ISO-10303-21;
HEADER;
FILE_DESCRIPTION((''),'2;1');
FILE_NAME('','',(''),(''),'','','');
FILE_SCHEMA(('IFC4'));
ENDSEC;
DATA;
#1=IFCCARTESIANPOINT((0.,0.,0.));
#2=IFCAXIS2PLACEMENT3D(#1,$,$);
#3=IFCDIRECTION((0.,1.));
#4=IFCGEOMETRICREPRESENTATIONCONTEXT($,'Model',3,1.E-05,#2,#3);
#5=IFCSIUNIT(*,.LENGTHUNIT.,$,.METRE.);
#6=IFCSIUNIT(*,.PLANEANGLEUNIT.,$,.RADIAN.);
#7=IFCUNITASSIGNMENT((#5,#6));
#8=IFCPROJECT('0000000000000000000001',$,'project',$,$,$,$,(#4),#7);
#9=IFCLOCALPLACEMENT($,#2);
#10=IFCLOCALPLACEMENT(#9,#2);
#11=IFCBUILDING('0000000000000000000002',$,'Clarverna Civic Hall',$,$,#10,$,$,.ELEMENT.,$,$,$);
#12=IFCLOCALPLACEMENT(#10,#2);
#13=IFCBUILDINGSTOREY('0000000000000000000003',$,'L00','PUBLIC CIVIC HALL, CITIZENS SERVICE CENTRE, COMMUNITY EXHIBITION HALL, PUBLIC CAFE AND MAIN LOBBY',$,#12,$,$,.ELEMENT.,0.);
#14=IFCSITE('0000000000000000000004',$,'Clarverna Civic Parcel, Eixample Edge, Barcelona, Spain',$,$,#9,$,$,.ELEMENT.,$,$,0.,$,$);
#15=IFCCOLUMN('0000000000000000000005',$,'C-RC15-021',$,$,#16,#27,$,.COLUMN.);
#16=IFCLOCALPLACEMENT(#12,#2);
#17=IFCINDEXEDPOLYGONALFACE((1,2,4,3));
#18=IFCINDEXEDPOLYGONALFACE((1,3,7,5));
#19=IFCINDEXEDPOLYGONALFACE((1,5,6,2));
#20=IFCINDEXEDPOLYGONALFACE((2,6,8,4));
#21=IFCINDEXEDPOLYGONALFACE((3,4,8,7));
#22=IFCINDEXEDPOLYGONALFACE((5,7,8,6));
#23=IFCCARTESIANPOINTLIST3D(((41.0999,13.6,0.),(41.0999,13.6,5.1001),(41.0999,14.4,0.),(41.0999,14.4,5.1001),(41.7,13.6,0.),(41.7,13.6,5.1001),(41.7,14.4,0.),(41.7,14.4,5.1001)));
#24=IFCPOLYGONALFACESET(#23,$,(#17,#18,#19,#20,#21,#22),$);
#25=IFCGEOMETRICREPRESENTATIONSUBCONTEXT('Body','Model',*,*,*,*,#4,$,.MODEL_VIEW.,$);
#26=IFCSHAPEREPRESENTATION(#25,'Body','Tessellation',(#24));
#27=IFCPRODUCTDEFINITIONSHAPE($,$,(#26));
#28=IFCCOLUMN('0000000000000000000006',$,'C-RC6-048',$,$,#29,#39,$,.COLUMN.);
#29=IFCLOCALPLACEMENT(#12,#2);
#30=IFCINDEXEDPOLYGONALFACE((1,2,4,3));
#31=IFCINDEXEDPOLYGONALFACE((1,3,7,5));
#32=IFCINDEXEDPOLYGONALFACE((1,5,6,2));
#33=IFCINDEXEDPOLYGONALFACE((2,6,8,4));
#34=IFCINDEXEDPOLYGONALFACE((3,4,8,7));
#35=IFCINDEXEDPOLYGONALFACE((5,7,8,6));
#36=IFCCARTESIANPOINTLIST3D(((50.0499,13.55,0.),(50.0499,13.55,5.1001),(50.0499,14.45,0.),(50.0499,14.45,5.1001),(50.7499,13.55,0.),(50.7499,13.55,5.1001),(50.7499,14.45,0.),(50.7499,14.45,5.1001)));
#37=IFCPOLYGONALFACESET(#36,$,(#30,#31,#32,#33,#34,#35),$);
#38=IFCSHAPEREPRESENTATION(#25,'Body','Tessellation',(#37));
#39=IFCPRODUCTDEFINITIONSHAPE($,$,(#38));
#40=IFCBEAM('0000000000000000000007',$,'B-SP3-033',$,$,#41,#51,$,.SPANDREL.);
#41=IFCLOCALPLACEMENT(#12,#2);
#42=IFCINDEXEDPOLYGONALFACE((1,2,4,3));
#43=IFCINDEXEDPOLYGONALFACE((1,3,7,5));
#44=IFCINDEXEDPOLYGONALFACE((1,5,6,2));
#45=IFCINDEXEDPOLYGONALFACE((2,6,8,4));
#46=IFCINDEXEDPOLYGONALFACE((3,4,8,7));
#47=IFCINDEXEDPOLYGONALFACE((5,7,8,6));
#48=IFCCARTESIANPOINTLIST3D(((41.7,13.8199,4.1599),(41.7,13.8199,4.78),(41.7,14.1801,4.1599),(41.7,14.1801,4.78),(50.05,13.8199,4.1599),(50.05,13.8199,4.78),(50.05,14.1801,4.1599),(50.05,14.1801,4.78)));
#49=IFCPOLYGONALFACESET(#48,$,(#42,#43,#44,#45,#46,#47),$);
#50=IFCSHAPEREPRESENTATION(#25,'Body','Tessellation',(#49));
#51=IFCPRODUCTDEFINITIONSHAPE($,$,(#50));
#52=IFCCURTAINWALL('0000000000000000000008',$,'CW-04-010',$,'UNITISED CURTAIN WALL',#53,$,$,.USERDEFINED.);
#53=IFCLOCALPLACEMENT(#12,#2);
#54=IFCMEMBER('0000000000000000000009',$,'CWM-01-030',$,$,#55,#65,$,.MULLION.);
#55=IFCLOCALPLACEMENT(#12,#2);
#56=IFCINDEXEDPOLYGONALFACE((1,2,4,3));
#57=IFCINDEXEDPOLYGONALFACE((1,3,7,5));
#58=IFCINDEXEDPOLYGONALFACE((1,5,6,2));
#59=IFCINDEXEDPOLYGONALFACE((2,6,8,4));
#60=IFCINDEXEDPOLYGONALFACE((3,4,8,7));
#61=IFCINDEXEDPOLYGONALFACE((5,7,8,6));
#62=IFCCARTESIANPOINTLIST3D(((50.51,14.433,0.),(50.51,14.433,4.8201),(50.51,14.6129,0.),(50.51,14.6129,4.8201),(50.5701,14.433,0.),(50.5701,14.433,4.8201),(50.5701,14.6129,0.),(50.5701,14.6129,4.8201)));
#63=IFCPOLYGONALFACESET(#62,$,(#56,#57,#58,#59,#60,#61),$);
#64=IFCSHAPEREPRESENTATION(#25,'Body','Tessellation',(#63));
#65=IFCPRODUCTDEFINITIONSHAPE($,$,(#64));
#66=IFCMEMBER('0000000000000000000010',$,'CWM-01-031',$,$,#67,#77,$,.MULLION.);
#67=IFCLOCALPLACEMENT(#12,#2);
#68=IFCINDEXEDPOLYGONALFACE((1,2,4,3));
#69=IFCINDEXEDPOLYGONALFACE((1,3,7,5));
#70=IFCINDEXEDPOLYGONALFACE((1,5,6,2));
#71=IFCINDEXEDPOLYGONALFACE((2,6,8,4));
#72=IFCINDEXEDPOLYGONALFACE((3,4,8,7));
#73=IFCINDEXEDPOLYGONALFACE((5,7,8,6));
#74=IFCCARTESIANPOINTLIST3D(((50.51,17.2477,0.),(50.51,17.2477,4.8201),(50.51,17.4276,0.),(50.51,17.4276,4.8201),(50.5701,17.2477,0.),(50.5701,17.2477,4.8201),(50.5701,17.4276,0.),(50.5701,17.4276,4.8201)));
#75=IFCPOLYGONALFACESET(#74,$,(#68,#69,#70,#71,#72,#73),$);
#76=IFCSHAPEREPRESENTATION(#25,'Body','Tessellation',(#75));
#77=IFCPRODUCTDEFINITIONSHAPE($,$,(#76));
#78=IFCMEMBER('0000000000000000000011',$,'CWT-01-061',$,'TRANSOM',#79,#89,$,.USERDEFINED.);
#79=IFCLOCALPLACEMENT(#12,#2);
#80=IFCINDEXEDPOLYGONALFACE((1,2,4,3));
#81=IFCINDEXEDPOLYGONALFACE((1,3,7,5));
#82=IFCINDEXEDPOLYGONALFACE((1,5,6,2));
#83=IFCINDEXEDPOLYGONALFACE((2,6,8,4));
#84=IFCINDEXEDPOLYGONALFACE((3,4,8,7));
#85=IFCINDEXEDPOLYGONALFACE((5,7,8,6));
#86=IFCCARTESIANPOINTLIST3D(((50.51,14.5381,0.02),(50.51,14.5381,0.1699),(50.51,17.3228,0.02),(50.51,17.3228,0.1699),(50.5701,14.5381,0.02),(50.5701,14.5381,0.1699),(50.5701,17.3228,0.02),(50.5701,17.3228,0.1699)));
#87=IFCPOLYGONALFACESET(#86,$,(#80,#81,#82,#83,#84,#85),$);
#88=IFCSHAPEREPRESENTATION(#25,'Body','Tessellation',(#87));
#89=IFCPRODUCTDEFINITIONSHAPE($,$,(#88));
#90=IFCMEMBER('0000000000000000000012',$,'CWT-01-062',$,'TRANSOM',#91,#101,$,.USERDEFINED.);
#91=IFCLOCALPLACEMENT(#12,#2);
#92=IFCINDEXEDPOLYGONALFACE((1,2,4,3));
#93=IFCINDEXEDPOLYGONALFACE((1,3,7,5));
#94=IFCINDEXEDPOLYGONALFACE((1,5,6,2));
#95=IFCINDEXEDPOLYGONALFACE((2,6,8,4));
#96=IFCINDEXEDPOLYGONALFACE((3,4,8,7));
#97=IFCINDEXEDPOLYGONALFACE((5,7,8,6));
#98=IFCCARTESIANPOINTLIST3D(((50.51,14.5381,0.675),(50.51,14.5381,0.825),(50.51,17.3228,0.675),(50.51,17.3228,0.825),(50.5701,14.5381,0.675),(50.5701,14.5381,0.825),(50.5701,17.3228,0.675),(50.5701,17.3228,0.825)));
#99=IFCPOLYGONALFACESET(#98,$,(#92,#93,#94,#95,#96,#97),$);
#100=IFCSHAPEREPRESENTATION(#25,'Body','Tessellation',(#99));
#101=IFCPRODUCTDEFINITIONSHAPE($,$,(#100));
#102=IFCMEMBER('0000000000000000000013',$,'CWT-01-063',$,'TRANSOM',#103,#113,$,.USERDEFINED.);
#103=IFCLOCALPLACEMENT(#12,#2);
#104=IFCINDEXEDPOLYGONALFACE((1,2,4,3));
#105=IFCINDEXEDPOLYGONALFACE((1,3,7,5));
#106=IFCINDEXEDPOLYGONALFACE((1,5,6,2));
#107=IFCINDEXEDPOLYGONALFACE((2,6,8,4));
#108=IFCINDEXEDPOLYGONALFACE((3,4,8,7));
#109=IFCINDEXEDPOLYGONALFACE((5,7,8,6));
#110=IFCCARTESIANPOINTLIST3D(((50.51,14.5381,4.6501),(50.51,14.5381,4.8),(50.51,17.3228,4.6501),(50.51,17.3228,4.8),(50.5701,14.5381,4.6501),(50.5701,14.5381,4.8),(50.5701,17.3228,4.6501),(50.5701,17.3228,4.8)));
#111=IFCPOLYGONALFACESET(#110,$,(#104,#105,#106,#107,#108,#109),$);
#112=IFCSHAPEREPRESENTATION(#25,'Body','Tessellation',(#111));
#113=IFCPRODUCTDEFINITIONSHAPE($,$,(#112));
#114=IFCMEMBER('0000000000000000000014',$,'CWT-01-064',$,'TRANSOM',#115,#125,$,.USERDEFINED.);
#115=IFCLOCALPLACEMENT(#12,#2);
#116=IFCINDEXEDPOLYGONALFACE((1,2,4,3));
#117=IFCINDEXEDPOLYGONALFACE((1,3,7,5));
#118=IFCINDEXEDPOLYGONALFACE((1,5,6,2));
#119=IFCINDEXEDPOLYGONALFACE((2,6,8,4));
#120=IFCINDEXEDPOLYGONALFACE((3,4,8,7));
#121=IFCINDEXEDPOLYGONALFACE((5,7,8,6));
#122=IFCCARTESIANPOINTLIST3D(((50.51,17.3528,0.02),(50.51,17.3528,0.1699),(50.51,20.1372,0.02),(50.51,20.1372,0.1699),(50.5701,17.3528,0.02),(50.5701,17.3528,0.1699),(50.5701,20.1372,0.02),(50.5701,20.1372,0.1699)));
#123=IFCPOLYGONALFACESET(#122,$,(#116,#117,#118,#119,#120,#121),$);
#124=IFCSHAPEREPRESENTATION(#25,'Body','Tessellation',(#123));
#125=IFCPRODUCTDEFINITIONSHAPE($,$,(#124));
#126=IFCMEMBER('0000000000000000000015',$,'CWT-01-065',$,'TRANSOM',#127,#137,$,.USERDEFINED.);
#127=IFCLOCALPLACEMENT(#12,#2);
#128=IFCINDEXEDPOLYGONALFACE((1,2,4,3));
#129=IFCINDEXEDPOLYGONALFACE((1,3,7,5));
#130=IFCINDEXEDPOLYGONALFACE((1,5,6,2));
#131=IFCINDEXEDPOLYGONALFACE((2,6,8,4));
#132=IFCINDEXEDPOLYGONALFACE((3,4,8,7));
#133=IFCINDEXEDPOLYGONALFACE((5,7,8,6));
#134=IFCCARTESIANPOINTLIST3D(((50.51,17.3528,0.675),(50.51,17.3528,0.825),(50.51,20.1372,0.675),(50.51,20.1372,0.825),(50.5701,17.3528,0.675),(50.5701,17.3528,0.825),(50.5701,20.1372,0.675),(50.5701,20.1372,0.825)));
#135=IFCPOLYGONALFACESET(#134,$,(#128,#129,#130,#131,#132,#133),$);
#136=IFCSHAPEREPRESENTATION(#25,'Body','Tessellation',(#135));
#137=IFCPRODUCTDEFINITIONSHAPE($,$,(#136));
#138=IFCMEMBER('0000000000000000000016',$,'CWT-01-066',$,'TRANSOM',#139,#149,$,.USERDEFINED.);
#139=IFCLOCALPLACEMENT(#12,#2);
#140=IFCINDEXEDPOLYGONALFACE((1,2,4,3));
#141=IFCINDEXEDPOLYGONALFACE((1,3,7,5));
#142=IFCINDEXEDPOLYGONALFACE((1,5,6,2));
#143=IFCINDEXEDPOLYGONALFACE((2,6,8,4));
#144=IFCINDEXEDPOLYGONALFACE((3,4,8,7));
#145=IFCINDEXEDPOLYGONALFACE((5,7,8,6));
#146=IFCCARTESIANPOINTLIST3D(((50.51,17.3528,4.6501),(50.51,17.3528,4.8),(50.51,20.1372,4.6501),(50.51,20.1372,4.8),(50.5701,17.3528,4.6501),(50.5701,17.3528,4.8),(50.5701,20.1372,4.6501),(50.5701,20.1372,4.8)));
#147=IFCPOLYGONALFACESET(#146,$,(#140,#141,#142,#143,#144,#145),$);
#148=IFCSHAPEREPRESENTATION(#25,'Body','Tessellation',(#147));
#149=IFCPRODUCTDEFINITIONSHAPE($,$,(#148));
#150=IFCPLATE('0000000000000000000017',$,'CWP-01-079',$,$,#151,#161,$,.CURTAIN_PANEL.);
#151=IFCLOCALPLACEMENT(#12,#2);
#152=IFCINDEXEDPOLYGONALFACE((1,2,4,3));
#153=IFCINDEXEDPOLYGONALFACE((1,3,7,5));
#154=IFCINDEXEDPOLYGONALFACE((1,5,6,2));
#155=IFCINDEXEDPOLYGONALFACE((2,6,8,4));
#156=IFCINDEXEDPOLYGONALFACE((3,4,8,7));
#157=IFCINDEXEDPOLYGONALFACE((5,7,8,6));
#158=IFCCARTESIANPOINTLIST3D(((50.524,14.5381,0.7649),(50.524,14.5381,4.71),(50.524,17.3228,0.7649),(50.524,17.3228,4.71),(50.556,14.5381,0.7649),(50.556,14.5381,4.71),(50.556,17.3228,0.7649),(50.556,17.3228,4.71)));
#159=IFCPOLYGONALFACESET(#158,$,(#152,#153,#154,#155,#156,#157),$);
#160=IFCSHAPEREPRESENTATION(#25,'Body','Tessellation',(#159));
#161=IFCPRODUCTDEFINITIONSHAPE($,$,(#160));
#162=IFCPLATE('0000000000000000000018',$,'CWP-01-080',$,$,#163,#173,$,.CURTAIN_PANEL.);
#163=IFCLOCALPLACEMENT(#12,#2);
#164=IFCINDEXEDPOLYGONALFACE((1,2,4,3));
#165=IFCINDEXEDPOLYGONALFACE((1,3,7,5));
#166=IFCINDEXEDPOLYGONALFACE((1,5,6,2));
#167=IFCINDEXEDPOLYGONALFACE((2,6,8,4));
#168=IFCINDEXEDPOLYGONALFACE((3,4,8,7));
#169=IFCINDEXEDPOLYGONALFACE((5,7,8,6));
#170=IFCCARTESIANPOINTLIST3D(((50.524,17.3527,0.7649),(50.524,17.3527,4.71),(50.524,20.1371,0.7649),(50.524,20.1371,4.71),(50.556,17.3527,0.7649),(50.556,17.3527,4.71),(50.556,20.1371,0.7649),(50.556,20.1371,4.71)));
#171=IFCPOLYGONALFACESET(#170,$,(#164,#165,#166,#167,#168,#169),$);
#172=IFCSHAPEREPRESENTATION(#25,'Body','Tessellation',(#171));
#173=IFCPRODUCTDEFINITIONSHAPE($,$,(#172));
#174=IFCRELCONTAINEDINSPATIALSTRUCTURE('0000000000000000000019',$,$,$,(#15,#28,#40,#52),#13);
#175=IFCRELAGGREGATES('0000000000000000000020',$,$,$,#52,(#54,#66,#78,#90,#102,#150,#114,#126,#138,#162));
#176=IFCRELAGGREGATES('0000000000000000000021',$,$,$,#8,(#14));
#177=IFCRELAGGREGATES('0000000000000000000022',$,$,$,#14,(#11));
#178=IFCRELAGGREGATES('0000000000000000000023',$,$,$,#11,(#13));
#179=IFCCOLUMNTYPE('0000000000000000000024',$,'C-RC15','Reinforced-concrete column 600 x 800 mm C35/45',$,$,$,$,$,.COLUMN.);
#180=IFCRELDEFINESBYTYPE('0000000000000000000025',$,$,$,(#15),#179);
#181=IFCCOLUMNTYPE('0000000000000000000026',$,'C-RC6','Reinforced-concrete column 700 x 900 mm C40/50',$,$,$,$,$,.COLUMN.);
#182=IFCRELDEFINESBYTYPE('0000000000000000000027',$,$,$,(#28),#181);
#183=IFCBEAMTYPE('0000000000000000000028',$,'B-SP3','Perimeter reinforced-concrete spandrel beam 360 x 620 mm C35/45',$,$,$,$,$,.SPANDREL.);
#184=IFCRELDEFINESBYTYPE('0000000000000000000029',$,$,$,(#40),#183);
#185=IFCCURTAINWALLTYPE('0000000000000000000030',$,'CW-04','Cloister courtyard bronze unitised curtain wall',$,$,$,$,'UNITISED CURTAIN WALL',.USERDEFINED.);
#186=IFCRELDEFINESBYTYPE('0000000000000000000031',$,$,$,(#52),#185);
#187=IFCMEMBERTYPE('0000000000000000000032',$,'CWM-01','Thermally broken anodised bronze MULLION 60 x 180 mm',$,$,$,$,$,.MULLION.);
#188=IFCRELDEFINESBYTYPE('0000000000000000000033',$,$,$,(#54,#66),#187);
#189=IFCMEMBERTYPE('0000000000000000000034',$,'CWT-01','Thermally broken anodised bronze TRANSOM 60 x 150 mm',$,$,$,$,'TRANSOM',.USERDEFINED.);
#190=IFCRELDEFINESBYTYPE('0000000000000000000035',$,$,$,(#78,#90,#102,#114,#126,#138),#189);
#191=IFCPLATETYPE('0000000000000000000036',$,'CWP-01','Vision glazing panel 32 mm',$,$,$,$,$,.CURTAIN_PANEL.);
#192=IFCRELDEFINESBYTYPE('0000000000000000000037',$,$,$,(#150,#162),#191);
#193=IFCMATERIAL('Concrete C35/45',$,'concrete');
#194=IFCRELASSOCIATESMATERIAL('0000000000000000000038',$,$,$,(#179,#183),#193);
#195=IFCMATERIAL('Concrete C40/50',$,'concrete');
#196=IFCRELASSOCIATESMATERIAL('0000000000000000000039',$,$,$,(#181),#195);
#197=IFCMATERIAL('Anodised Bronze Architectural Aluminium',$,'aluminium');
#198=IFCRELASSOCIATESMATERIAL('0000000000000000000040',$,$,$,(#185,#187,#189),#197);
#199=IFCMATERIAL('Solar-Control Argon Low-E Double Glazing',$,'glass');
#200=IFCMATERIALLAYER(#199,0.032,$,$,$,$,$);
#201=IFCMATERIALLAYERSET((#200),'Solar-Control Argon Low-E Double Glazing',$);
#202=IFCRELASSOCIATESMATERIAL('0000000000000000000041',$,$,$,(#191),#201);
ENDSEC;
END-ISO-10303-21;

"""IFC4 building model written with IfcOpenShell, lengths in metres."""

from ifc_helpers import new_model, si_unit, direction, frame, frame_2d, origin, origin_2d, place, context, subcontext, project, spatial, rectangle, extrude, material, layer, layer_set, material_profile, profile_set, type_object, element, aggregate, save


model = new_model("IFC4")

# Units and contexts
model_context = context("Model", 3, precision=1e-05, world=origin(), true_north=direction((0.0, 1.0)))
body_context = subcontext(model_context, "Body", "Model", "MODEL_VIEW")
ifc_project = project(units=[si_unit("LENGTHUNIT", "METRE"), si_unit("PLANEANGLEUNIT", "RADIAN")], contexts=[model_context])

# Site, building, storey
site_placement = place(None, origin())
site = spatial("IfcSite", under=ifc_project, at=site_placement, Name="Clarverna Civic Parcel, Eixample Edge, Barcelona, Spain", CompositionType="ELEMENT", RefElevation=0.0)
building_placement = place(site_placement, origin())
building = spatial("IfcBuilding", under=site, at=building_placement, Name="Clarverna Civic Hall", CompositionType="ELEMENT")
storey_placement = place(building_placement, origin())
storey = spatial("IfcBuildingStorey", under=building, at=storey_placement, Name="L00", Description="PUBLIC CIVIC HALL, CITIZENS SERVICE CENTRE, COMMUNITY EXHIBITION HALL, PUBLIC CAFE AND MAIN LOBBY", CompositionType="ELEMENT", Elevation=0.0)

# Columns
ifc_material_1 = material(Name="Concrete C35/45", Category="concrete")
ifc_material_profile_1 = material_profile(ifc_material_1, rectangle(XDim=0.6001, YDim=0.8, at=origin_2d()), Name="RC 600x800")
ifc_profile_set_1 = profile_set([ifc_material_profile_1], Name="Concrete C35/45")
column_type_1 = type_object("IfcColumnType", Name="C-RC15", Description="Reinforced-concrete column 600 x 800 mm C35/45", PredefinedType="COLUMN", material=ifc_profile_set_1)
column_1_placement = place(storey_placement, frame((41.3999, 14.0, 0.0), z_axis=(0.0, 0.0, 1.0), x_axis=(1.0, 0.0, 0.0)))
element("IfcColumn", 1, at=column_1_placement, inside=storey, type_object=column_type_1, Name="C-RC15-021", PredefinedType="COLUMN", context=body_context, shape_type="SweptSolid", body=[
    extrude(rectangle(XDim=0.6001, YDim=0.8, at=origin_2d()), origin(), (0.0, 0.0, 1.0), 5.1001),
])
ifc_material_2 = material(Name="Concrete C40/50", Category="concrete")
ifc_material_profile_2 = material_profile(ifc_material_2, rectangle(XDim=0.7, YDim=0.8999, at=origin_2d()), Name="RC 700x900")
ifc_profile_set_2 = profile_set([ifc_material_profile_2], Name="Concrete C40/50")
column_type_2 = type_object("IfcColumnType", Name="C-RC6", Description="Reinforced-concrete column 700 x 900 mm C40/50", PredefinedType="COLUMN", material=ifc_profile_set_2)
column_2_placement = place(storey_placement, frame((50.3999, 14.0, 0.0), z_axis=(0.0, 0.0, 1.0), x_axis=(1.0, 0.0, 0.0)))
element("IfcColumn", 2, at=column_2_placement, inside=storey, type_object=column_type_2, Name="C-RC6-048", PredefinedType="COLUMN", context=body_context, shape_type="SweptSolid", body=[
    extrude(rectangle(XDim=0.7, YDim=0.8999, at=origin_2d()), origin(), (0.0, 0.0, 1.0), 5.1001),
])

# Beam
ifc_material_profile_3 = material_profile(ifc_material_1, rectangle(XDim=0.3601, YDim=0.6201, at=origin_2d()), Name="RC 360x620")
ifc_profile_set_3 = profile_set([ifc_material_profile_3], Name="Concrete C35/45")
beam_type = type_object("IfcBeamType", Name="B-SP3", Description="Perimeter reinforced-concrete spandrel beam 360 x 620 mm C35/45", PredefinedType="SPANDREL", material=ifc_profile_set_3)
beam_placement = place(storey_placement, frame((41.7, 14.0, 4.47), z_axis=(1.0, 0.0, 0.0), x_axis=(0.0, 1.0, 0.0)))
element("IfcBeam", 3, at=beam_placement, inside=storey, type_object=beam_type, Name="B-SP3-033", PredefinedType="SPANDREL", context=body_context, shape_type="SweptSolid", body=[
    extrude(rectangle(XDim=0.3601, YDim=0.6201, at=origin_2d()), origin(), (0.0, 0.0, 1.0), 8.3501),
])

# Curtain wall, members, plates
ifc_material_3 = material(Name="Anodised Bronze Architectural Aluminium", Category="aluminium")
curtain_wall_type = type_object("IfcCurtainWallType", Name="CW-04", Description="Cloister courtyard bronze unitised curtain wall", ElementType="UNITISED CURTAIN WALL", PredefinedType="USERDEFINED", material=ifc_material_3)
curtain_wall_placement = place(storey_placement, origin())
curtain_wall = element("IfcCurtainWall", 4, at=curtain_wall_placement, inside=storey, type_object=curtain_wall_type, Name="CW-04-010", ObjectType="UNITISED CURTAIN WALL", PredefinedType="USERDEFINED")
ifc_material_profile_4 = material_profile(ifc_material_3, rectangle(XDim=0.0601, YDim=0.1799, at=origin_2d()), Name="BRONZE 60x180")
ifc_profile_set_4 = profile_set([ifc_material_profile_4], Name="Anodised Bronze Architectural Aluminium")
member_type_1 = type_object("IfcMemberType", Name="CWM-01", Description="Thermally broken anodised bronze MULLION 60 x 180 mm", PredefinedType="MULLION", material=ifc_profile_set_4)
member_1_placement = place(storey_placement, frame((50.54, 14.5229, 0.0), z_axis=(0.0, 0.0, 1.0), x_axis=(1.0, 0.0, 0.0)))
member_1 = element("IfcMember", 5, at=member_1_placement, type_object=member_type_1, Name="CWM-01-030", PredefinedType="MULLION", context=body_context, shape_type="SweptSolid", body=[
    extrude(rectangle(XDim=0.0601, YDim=0.1799, at=origin_2d()), origin(), (0.0, 0.0, 1.0), 4.8201),
])
member_2_placement = place(storey_placement, frame((50.54, 17.3376, 0.0), z_axis=(0.0, 0.0, 1.0), x_axis=(1.0, 0.0, 0.0)))
member_2 = element("IfcMember", 6, at=member_2_placement, type_object=member_type_1, Name="CWM-01-031", PredefinedType="MULLION", context=body_context, shape_type="SweptSolid", body=[
    extrude(rectangle(XDim=0.0601, YDim=0.1799, at=origin_2d()), origin(), (0.0, 0.0, 1.0), 4.8201),
])
ifc_material_profile_5 = material_profile(ifc_material_3, rectangle(XDim=0.0601, YDim=0.1499, at=origin_2d()), Name="BRONZE 60x150")
ifc_profile_set_5 = profile_set([ifc_material_profile_5], Name="Anodised Bronze Architectural Aluminium")
member_type_2 = type_object("IfcMemberType", Name="CWT-01", Description="Thermally broken anodised bronze TRANSOM 60 x 150 mm", ElementType="TRANSOM", PredefinedType="USERDEFINED", material=ifc_profile_set_5)
member_3_placement = place(storey_placement, frame((50.54, 14.5381, 0.095), z_axis=(0.0, 1.0, 0.0), x_axis=(-1.0, 0.0, 0.0)))
member_3 = element("IfcMember", 7, at=member_3_placement, type_object=member_type_2, Name="CWT-01-061", ObjectType="TRANSOM", PredefinedType="USERDEFINED", context=body_context, shape_type="SweptSolid", body=[
    extrude(rectangle(XDim=0.0601, YDim=0.1499, at=origin_2d()), origin(), (0.0, 0.0, 1.0), 2.7847),
])
member_4_placement = place(storey_placement, frame((50.54, 14.5381, 0.75), z_axis=(0.0, 1.0, 0.0), x_axis=(-1.0, 0.0, 0.0)))
member_4 = element("IfcMember", 8, at=member_4_placement, type_object=member_type_2, Name="CWT-01-062", ObjectType="TRANSOM", PredefinedType="USERDEFINED", context=body_context, shape_type="SweptSolid", body=[
    extrude(rectangle(XDim=0.0601, YDim=0.1499, at=origin_2d()), origin(), (0.0, 0.0, 1.0), 2.7847),
])
member_5_placement = place(storey_placement, frame((50.54, 14.5381, 4.7251), z_axis=(0.0, 1.0, 0.0), x_axis=(-1.0, 0.0, 0.0)))
member_5 = element("IfcMember", 9, at=member_5_placement, type_object=member_type_2, Name="CWT-01-063", ObjectType="TRANSOM", PredefinedType="USERDEFINED", context=body_context, shape_type="SweptSolid", body=[
    extrude(rectangle(XDim=0.0601, YDim=0.1499, at=origin_2d()), origin(), (0.0, 0.0, 1.0), 2.7847),
])
member_6_placement = place(storey_placement, frame((50.54, 17.3528, 0.095), z_axis=(0.0, 1.0, 0.0), x_axis=(-1.0, 0.0, 0.0)))
member_6 = element("IfcMember", 10, at=member_6_placement, type_object=member_type_2, Name="CWT-01-064", ObjectType="TRANSOM", PredefinedType="USERDEFINED", context=body_context, shape_type="SweptSolid", body=[
    extrude(rectangle(XDim=0.0601, YDim=0.1499, at=origin_2d()), origin(), (0.0, 0.0, 1.0), 2.7844),
])
member_7_placement = place(storey_placement, frame((50.54, 17.3528, 0.75), z_axis=(0.0, 1.0, 0.0), x_axis=(-1.0, 0.0, 0.0)))
member_7 = element("IfcMember", 11, at=member_7_placement, type_object=member_type_2, Name="CWT-01-065", ObjectType="TRANSOM", PredefinedType="USERDEFINED", context=body_context, shape_type="SweptSolid", body=[
    extrude(rectangle(XDim=0.0601, YDim=0.1499, at=origin_2d()), origin(), (0.0, 0.0, 1.0), 2.7844),
])
member_8_placement = place(storey_placement, frame((50.54, 17.3528, 4.7251), z_axis=(0.0, 1.0, 0.0), x_axis=(-1.0, 0.0, 0.0)))
member_8 = element("IfcMember", 12, at=member_8_placement, type_object=member_type_2, Name="CWT-01-066", ObjectType="TRANSOM", PredefinedType="USERDEFINED", context=body_context, shape_type="SweptSolid", body=[
    extrude(rectangle(XDim=0.0601, YDim=0.1499, at=origin_2d()), origin(), (0.0, 0.0, 1.0), 2.7844),
])
ifc_material_4 = material(Name="Solar-Control Argon Low-E Double Glazing", Category="glass")
ifc_layer_1 = layer(ifc_material_4, 0.032)
ifc_layer_set_1 = layer_set([ifc_layer_1], Name="Solar-Control Argon Low-E Double Glazing")
plate_type_1 = type_object("IfcPlateType", Name="CWP-01", Description="Vision glazing panel 32 mm", PredefinedType="CURTAIN_PANEL", material=ifc_layer_set_1)
plate_1_placement = place(storey_placement, frame((50.54, 14.5381, 0.7649), z_axis=(0.0, 0.0, 1.0), x_axis=(0.0, 1.0, 0.0)))
plate_1 = element("IfcPlate", 13, at=plate_1_placement, type_object=plate_type_1, Name="CWP-01-079", PredefinedType="CURTAIN_PANEL", context=body_context, shape_type="SweptSolid", body=[
    extrude(rectangle(XDim=2.7847, YDim=0.032, at=frame_2d((1.3923, 0.0))), origin(), (0.0, 0.0, 1.0), 3.9451),
])
plate_2_placement = place(storey_placement, frame((50.54, 17.3528, 0.7649), z_axis=(0.0, 0.0, 1.0), x_axis=(0.0, 1.0, 0.0)))
plate_2 = element("IfcPlate", 14, at=plate_2_placement, type_object=plate_type_1, Name="CWP-01-080", PredefinedType="CURTAIN_PANEL", context=body_context, shape_type="SweptSolid", body=[
    extrude(rectangle(XDim=2.7844, YDim=0.032, at=frame_2d((1.3921, 0.0))), origin(), (0.0, 0.0, 1.0), 3.9451),
])
aggregate(curtain_wall, [member_1, member_2, member_3, member_4, member_5, plate_1, member_6, member_7, member_8, plate_2])

save(model, "model.ifc")
